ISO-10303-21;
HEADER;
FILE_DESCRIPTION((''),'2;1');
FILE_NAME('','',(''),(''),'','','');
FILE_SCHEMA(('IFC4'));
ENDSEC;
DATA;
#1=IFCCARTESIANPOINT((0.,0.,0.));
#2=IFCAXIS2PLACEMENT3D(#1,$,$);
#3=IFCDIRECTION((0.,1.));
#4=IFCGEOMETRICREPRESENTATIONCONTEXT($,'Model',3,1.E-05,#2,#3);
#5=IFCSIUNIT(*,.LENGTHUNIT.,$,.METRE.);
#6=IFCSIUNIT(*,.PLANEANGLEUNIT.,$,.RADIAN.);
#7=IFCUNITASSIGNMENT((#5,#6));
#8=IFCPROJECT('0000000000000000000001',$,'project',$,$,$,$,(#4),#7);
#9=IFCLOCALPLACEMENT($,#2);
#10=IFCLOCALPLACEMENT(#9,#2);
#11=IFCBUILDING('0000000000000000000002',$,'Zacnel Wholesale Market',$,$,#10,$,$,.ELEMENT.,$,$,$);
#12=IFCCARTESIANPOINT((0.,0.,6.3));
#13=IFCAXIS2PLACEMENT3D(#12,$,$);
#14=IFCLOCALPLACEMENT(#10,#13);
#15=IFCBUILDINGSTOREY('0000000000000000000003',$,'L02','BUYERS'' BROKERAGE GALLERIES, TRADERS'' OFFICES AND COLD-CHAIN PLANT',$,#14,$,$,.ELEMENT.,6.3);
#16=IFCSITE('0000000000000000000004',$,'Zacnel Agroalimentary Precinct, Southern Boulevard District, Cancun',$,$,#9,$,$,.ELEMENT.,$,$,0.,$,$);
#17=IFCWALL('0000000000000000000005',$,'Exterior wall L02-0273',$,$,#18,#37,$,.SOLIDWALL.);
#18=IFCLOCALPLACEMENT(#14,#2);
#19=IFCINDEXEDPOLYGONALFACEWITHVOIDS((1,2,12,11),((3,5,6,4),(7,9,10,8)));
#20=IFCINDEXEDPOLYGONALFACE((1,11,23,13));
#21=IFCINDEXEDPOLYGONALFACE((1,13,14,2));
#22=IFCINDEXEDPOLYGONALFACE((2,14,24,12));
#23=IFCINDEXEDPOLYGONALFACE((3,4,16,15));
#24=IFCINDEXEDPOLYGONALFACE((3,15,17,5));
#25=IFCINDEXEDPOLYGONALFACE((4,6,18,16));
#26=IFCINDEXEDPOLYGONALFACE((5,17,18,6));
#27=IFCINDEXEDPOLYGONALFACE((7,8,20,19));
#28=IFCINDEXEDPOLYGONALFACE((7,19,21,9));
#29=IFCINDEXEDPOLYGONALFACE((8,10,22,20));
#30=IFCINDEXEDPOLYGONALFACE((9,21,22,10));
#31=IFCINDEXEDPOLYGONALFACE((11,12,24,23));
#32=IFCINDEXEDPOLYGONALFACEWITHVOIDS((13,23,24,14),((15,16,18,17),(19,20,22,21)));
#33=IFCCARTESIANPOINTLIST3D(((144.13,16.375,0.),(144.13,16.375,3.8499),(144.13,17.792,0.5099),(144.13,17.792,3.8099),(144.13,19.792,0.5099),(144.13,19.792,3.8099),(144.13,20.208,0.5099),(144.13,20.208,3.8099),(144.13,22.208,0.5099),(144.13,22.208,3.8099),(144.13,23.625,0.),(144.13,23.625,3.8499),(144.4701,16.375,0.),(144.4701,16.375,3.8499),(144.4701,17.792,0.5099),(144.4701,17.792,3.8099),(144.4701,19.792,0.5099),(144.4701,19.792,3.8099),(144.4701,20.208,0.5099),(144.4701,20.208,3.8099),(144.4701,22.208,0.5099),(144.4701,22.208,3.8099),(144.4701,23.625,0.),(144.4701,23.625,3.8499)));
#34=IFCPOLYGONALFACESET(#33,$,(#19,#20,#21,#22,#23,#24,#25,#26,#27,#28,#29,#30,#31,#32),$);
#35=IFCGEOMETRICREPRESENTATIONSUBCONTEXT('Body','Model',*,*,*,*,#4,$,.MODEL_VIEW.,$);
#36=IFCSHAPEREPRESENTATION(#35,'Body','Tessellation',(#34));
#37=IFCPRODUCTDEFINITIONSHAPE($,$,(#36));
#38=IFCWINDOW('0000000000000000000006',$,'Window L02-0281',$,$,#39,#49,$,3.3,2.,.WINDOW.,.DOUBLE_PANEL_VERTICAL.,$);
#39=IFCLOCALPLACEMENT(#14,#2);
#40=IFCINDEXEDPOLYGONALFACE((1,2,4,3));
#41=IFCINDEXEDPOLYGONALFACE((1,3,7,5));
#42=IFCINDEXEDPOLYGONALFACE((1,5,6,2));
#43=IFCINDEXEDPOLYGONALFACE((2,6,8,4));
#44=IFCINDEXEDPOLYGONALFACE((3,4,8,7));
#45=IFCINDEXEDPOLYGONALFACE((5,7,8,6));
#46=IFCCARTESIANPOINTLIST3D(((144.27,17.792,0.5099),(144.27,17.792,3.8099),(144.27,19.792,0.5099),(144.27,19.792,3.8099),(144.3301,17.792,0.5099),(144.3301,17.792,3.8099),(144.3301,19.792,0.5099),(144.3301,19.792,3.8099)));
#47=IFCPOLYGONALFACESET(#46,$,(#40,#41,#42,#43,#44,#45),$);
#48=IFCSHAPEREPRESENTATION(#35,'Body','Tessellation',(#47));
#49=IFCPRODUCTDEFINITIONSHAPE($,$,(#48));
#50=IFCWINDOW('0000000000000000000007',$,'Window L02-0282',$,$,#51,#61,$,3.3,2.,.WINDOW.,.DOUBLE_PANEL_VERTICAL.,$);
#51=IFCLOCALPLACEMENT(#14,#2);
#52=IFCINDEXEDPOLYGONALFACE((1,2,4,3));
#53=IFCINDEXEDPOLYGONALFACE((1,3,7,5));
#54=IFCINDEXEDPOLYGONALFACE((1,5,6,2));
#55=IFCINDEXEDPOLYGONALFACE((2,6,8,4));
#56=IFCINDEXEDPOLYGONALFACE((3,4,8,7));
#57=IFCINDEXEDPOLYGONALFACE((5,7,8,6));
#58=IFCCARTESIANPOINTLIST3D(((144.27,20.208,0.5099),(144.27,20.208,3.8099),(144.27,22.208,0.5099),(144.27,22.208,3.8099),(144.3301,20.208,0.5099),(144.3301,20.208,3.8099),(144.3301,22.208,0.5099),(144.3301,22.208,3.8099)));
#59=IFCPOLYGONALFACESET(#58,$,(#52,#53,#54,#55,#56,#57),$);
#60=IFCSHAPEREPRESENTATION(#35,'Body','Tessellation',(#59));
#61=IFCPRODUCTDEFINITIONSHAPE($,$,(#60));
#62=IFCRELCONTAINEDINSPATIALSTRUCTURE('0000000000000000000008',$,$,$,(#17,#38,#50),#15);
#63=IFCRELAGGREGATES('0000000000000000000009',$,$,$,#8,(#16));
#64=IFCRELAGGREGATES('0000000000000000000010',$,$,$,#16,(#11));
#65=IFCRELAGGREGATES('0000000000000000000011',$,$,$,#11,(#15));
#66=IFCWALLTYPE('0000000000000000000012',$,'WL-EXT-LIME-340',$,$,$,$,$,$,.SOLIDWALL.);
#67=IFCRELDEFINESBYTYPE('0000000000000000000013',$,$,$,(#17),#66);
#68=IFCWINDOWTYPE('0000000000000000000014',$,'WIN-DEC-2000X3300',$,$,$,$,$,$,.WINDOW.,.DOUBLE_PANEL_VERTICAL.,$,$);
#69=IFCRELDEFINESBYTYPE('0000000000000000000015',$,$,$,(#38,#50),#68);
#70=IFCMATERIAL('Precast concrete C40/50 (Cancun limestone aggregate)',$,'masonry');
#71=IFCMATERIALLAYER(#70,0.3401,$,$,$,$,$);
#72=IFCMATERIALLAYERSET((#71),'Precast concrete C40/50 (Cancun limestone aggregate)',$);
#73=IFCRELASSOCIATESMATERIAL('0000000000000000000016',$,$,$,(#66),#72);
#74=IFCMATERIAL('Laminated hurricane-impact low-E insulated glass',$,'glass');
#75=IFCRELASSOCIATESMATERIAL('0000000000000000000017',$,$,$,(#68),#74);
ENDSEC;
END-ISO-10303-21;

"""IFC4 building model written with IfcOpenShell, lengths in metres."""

from ifc_helpers import new_model, si_unit, direction, frame, frame_2d, origin, place, context, subcontext, project, spatial, rectangle, extrude, material, layer, layer_set, type_object, element, fill, save


model = new_model("IFC4")

# Units and contexts
model_context = context("Model", 3, precision=1e-05, world=origin(), true_north=direction((0.0, 1.0)))
body_context = subcontext(model_context, "Body", "Model", "MODEL_VIEW")
ifc_project = project(units=[si_unit("LENGTHUNIT", "METRE"), si_unit("PLANEANGLEUNIT", "RADIAN")], contexts=[model_context])

# Site, building, storey
site_placement = place(None, origin())
site = spatial("IfcSite", under=ifc_project, at=site_placement, Name="Zacnel Agroalimentary Precinct, Southern Boulevard District, Cancun", CompositionType="ELEMENT", RefElevation=0.0)
building_placement = place(site_placement, origin())
building = spatial("IfcBuilding", under=site, at=building_placement, Name="Zacnel Wholesale Market", CompositionType="ELEMENT")
storey_placement = place(building_placement, frame((0.0, 0.0, 6.3)))
storey = spatial("IfcBuildingStorey", under=building, at=storey_placement, Name="L02", Description="BUYERS' BROKERAGE GALLERIES, TRADERS' OFFICES AND COLD-CHAIN PLANT", CompositionType="ELEMENT", Elevation=6.3)

# Wall, openings, windows
ifc_material_1 = material(Name="Precast concrete C40/50 (Cancun limestone aggregate)", Category="masonry")
ifc_layer_1 = layer(ifc_material_1, 0.3401)
ifc_layer_set_1 = layer_set([ifc_layer_1], Name="Precast concrete C40/50 (Cancun limestone aggregate)")
wall_type_1 = type_object("IfcWallType", Name="WL-EXT-LIME-340", PredefinedType="SOLIDWALL", material=ifc_layer_set_1)
wall_1_placement = place(storey_placement, frame((144.3, 16.375, 0.0), z_axis=(0.0, 0.0, 1.0), x_axis=(0.0, 1.0, 0.0)))
wall_1 = element("IfcWall", 1, at=wall_1_placement, inside=storey, type_object=wall_type_1, Name="Exterior wall L02-0273", PredefinedType="SOLIDWALL", context=body_context, shape_type="SweptSolid", body=[
    extrude(rectangle(XDim=7.25, YDim=0.3401, at=frame_2d((3.625, 0.0))), origin(), (0.0, 0.0, 1.0), 3.8499),
])
opening_1_placement = place(wall_1_placement, frame((1.417, 0.0, 0.51)))
opening_1 = element("IfcOpeningElement", 2, at=opening_1_placement, cuts=wall_1, PredefinedType="OPENING", context=body_context, shape_type="SweptSolid", body=[
    extrude(rectangle(XDim=2.0, YDim=3.3, at=frame_2d((1.0, 1.6499))), frame((0.0, 0.1799, 0.0), z_axis=(0.0, -1.0, 0.0), x_axis=(1.0, 0.0, 0.0)), (0.0, 0.0, 1.0), 0.3601),
])
opening_2_placement = place(wall_1_placement, frame((3.833, 0.0, 0.51)))
opening_2 = element("IfcOpeningElement", 3, at=opening_2_placement, cuts=wall_1, PredefinedType="OPENING", context=body_context, shape_type="SweptSolid", body=[
    extrude(rectangle(XDim=2.0, YDim=3.3, at=frame_2d((1.0, 1.6499))), frame((0.0, 0.1799, 0.0), z_axis=(0.0, -1.0, 0.0), x_axis=(1.0, 0.0, 0.0)), (0.0, 0.0, 1.0), 0.3601),
])
ifc_material_2 = material(Name="Laminated hurricane-impact low-E insulated glass", Category="glass")
window_type_1 = type_object("IfcWindowType", Name="WIN-DEC-2000X3300", PartitioningType="DOUBLE_PANEL_VERTICAL", PredefinedType="WINDOW", material=ifc_material_2)
window_1_placement = place(opening_1_placement, origin())
window_1 = element("IfcWindow", 4, at=window_1_placement, inside=storey, type_object=window_type_1, Name="Window L02-0281", OverallHeight=3.3, OverallWidth=2.0, PartitioningType="DOUBLE_PANEL_VERTICAL", PredefinedType="WINDOW", context=body_context, shape_type="SweptSolid", body=[
    extrude(rectangle(XDim=2.0, YDim=3.3, at=frame_2d((1.0, 1.6499))), frame((0.0, 0.03, 0.0), z_axis=(0.0, -1.0, 0.0), x_axis=(1.0, 0.0, 0.0)), (0.0, 0.0, 1.0), 0.0601),
])
fill(opening_1, window_1)
window_2_placement = place(opening_2_placement, origin())
window_2 = element("IfcWindow", 5, at=window_2_placement, inside=storey, type_object=window_type_1, Name="Window L02-0282", OverallHeight=3.3, OverallWidth=2.0, PartitioningType="DOUBLE_PANEL_VERTICAL", PredefinedType="WINDOW", context=body_context, shape_type="SweptSolid", body=[
    extrude(rectangle(XDim=2.0, YDim=3.3, at=frame_2d((1.0, 1.6499))), frame((0.0, 0.03, 0.0), z_axis=(0.0, -1.0, 0.0), x_axis=(1.0, 0.0, 0.0)), (0.0, 0.0, 1.0), 0.0601),
])
fill(opening_2, window_2)

save(model, "model.ifc")
